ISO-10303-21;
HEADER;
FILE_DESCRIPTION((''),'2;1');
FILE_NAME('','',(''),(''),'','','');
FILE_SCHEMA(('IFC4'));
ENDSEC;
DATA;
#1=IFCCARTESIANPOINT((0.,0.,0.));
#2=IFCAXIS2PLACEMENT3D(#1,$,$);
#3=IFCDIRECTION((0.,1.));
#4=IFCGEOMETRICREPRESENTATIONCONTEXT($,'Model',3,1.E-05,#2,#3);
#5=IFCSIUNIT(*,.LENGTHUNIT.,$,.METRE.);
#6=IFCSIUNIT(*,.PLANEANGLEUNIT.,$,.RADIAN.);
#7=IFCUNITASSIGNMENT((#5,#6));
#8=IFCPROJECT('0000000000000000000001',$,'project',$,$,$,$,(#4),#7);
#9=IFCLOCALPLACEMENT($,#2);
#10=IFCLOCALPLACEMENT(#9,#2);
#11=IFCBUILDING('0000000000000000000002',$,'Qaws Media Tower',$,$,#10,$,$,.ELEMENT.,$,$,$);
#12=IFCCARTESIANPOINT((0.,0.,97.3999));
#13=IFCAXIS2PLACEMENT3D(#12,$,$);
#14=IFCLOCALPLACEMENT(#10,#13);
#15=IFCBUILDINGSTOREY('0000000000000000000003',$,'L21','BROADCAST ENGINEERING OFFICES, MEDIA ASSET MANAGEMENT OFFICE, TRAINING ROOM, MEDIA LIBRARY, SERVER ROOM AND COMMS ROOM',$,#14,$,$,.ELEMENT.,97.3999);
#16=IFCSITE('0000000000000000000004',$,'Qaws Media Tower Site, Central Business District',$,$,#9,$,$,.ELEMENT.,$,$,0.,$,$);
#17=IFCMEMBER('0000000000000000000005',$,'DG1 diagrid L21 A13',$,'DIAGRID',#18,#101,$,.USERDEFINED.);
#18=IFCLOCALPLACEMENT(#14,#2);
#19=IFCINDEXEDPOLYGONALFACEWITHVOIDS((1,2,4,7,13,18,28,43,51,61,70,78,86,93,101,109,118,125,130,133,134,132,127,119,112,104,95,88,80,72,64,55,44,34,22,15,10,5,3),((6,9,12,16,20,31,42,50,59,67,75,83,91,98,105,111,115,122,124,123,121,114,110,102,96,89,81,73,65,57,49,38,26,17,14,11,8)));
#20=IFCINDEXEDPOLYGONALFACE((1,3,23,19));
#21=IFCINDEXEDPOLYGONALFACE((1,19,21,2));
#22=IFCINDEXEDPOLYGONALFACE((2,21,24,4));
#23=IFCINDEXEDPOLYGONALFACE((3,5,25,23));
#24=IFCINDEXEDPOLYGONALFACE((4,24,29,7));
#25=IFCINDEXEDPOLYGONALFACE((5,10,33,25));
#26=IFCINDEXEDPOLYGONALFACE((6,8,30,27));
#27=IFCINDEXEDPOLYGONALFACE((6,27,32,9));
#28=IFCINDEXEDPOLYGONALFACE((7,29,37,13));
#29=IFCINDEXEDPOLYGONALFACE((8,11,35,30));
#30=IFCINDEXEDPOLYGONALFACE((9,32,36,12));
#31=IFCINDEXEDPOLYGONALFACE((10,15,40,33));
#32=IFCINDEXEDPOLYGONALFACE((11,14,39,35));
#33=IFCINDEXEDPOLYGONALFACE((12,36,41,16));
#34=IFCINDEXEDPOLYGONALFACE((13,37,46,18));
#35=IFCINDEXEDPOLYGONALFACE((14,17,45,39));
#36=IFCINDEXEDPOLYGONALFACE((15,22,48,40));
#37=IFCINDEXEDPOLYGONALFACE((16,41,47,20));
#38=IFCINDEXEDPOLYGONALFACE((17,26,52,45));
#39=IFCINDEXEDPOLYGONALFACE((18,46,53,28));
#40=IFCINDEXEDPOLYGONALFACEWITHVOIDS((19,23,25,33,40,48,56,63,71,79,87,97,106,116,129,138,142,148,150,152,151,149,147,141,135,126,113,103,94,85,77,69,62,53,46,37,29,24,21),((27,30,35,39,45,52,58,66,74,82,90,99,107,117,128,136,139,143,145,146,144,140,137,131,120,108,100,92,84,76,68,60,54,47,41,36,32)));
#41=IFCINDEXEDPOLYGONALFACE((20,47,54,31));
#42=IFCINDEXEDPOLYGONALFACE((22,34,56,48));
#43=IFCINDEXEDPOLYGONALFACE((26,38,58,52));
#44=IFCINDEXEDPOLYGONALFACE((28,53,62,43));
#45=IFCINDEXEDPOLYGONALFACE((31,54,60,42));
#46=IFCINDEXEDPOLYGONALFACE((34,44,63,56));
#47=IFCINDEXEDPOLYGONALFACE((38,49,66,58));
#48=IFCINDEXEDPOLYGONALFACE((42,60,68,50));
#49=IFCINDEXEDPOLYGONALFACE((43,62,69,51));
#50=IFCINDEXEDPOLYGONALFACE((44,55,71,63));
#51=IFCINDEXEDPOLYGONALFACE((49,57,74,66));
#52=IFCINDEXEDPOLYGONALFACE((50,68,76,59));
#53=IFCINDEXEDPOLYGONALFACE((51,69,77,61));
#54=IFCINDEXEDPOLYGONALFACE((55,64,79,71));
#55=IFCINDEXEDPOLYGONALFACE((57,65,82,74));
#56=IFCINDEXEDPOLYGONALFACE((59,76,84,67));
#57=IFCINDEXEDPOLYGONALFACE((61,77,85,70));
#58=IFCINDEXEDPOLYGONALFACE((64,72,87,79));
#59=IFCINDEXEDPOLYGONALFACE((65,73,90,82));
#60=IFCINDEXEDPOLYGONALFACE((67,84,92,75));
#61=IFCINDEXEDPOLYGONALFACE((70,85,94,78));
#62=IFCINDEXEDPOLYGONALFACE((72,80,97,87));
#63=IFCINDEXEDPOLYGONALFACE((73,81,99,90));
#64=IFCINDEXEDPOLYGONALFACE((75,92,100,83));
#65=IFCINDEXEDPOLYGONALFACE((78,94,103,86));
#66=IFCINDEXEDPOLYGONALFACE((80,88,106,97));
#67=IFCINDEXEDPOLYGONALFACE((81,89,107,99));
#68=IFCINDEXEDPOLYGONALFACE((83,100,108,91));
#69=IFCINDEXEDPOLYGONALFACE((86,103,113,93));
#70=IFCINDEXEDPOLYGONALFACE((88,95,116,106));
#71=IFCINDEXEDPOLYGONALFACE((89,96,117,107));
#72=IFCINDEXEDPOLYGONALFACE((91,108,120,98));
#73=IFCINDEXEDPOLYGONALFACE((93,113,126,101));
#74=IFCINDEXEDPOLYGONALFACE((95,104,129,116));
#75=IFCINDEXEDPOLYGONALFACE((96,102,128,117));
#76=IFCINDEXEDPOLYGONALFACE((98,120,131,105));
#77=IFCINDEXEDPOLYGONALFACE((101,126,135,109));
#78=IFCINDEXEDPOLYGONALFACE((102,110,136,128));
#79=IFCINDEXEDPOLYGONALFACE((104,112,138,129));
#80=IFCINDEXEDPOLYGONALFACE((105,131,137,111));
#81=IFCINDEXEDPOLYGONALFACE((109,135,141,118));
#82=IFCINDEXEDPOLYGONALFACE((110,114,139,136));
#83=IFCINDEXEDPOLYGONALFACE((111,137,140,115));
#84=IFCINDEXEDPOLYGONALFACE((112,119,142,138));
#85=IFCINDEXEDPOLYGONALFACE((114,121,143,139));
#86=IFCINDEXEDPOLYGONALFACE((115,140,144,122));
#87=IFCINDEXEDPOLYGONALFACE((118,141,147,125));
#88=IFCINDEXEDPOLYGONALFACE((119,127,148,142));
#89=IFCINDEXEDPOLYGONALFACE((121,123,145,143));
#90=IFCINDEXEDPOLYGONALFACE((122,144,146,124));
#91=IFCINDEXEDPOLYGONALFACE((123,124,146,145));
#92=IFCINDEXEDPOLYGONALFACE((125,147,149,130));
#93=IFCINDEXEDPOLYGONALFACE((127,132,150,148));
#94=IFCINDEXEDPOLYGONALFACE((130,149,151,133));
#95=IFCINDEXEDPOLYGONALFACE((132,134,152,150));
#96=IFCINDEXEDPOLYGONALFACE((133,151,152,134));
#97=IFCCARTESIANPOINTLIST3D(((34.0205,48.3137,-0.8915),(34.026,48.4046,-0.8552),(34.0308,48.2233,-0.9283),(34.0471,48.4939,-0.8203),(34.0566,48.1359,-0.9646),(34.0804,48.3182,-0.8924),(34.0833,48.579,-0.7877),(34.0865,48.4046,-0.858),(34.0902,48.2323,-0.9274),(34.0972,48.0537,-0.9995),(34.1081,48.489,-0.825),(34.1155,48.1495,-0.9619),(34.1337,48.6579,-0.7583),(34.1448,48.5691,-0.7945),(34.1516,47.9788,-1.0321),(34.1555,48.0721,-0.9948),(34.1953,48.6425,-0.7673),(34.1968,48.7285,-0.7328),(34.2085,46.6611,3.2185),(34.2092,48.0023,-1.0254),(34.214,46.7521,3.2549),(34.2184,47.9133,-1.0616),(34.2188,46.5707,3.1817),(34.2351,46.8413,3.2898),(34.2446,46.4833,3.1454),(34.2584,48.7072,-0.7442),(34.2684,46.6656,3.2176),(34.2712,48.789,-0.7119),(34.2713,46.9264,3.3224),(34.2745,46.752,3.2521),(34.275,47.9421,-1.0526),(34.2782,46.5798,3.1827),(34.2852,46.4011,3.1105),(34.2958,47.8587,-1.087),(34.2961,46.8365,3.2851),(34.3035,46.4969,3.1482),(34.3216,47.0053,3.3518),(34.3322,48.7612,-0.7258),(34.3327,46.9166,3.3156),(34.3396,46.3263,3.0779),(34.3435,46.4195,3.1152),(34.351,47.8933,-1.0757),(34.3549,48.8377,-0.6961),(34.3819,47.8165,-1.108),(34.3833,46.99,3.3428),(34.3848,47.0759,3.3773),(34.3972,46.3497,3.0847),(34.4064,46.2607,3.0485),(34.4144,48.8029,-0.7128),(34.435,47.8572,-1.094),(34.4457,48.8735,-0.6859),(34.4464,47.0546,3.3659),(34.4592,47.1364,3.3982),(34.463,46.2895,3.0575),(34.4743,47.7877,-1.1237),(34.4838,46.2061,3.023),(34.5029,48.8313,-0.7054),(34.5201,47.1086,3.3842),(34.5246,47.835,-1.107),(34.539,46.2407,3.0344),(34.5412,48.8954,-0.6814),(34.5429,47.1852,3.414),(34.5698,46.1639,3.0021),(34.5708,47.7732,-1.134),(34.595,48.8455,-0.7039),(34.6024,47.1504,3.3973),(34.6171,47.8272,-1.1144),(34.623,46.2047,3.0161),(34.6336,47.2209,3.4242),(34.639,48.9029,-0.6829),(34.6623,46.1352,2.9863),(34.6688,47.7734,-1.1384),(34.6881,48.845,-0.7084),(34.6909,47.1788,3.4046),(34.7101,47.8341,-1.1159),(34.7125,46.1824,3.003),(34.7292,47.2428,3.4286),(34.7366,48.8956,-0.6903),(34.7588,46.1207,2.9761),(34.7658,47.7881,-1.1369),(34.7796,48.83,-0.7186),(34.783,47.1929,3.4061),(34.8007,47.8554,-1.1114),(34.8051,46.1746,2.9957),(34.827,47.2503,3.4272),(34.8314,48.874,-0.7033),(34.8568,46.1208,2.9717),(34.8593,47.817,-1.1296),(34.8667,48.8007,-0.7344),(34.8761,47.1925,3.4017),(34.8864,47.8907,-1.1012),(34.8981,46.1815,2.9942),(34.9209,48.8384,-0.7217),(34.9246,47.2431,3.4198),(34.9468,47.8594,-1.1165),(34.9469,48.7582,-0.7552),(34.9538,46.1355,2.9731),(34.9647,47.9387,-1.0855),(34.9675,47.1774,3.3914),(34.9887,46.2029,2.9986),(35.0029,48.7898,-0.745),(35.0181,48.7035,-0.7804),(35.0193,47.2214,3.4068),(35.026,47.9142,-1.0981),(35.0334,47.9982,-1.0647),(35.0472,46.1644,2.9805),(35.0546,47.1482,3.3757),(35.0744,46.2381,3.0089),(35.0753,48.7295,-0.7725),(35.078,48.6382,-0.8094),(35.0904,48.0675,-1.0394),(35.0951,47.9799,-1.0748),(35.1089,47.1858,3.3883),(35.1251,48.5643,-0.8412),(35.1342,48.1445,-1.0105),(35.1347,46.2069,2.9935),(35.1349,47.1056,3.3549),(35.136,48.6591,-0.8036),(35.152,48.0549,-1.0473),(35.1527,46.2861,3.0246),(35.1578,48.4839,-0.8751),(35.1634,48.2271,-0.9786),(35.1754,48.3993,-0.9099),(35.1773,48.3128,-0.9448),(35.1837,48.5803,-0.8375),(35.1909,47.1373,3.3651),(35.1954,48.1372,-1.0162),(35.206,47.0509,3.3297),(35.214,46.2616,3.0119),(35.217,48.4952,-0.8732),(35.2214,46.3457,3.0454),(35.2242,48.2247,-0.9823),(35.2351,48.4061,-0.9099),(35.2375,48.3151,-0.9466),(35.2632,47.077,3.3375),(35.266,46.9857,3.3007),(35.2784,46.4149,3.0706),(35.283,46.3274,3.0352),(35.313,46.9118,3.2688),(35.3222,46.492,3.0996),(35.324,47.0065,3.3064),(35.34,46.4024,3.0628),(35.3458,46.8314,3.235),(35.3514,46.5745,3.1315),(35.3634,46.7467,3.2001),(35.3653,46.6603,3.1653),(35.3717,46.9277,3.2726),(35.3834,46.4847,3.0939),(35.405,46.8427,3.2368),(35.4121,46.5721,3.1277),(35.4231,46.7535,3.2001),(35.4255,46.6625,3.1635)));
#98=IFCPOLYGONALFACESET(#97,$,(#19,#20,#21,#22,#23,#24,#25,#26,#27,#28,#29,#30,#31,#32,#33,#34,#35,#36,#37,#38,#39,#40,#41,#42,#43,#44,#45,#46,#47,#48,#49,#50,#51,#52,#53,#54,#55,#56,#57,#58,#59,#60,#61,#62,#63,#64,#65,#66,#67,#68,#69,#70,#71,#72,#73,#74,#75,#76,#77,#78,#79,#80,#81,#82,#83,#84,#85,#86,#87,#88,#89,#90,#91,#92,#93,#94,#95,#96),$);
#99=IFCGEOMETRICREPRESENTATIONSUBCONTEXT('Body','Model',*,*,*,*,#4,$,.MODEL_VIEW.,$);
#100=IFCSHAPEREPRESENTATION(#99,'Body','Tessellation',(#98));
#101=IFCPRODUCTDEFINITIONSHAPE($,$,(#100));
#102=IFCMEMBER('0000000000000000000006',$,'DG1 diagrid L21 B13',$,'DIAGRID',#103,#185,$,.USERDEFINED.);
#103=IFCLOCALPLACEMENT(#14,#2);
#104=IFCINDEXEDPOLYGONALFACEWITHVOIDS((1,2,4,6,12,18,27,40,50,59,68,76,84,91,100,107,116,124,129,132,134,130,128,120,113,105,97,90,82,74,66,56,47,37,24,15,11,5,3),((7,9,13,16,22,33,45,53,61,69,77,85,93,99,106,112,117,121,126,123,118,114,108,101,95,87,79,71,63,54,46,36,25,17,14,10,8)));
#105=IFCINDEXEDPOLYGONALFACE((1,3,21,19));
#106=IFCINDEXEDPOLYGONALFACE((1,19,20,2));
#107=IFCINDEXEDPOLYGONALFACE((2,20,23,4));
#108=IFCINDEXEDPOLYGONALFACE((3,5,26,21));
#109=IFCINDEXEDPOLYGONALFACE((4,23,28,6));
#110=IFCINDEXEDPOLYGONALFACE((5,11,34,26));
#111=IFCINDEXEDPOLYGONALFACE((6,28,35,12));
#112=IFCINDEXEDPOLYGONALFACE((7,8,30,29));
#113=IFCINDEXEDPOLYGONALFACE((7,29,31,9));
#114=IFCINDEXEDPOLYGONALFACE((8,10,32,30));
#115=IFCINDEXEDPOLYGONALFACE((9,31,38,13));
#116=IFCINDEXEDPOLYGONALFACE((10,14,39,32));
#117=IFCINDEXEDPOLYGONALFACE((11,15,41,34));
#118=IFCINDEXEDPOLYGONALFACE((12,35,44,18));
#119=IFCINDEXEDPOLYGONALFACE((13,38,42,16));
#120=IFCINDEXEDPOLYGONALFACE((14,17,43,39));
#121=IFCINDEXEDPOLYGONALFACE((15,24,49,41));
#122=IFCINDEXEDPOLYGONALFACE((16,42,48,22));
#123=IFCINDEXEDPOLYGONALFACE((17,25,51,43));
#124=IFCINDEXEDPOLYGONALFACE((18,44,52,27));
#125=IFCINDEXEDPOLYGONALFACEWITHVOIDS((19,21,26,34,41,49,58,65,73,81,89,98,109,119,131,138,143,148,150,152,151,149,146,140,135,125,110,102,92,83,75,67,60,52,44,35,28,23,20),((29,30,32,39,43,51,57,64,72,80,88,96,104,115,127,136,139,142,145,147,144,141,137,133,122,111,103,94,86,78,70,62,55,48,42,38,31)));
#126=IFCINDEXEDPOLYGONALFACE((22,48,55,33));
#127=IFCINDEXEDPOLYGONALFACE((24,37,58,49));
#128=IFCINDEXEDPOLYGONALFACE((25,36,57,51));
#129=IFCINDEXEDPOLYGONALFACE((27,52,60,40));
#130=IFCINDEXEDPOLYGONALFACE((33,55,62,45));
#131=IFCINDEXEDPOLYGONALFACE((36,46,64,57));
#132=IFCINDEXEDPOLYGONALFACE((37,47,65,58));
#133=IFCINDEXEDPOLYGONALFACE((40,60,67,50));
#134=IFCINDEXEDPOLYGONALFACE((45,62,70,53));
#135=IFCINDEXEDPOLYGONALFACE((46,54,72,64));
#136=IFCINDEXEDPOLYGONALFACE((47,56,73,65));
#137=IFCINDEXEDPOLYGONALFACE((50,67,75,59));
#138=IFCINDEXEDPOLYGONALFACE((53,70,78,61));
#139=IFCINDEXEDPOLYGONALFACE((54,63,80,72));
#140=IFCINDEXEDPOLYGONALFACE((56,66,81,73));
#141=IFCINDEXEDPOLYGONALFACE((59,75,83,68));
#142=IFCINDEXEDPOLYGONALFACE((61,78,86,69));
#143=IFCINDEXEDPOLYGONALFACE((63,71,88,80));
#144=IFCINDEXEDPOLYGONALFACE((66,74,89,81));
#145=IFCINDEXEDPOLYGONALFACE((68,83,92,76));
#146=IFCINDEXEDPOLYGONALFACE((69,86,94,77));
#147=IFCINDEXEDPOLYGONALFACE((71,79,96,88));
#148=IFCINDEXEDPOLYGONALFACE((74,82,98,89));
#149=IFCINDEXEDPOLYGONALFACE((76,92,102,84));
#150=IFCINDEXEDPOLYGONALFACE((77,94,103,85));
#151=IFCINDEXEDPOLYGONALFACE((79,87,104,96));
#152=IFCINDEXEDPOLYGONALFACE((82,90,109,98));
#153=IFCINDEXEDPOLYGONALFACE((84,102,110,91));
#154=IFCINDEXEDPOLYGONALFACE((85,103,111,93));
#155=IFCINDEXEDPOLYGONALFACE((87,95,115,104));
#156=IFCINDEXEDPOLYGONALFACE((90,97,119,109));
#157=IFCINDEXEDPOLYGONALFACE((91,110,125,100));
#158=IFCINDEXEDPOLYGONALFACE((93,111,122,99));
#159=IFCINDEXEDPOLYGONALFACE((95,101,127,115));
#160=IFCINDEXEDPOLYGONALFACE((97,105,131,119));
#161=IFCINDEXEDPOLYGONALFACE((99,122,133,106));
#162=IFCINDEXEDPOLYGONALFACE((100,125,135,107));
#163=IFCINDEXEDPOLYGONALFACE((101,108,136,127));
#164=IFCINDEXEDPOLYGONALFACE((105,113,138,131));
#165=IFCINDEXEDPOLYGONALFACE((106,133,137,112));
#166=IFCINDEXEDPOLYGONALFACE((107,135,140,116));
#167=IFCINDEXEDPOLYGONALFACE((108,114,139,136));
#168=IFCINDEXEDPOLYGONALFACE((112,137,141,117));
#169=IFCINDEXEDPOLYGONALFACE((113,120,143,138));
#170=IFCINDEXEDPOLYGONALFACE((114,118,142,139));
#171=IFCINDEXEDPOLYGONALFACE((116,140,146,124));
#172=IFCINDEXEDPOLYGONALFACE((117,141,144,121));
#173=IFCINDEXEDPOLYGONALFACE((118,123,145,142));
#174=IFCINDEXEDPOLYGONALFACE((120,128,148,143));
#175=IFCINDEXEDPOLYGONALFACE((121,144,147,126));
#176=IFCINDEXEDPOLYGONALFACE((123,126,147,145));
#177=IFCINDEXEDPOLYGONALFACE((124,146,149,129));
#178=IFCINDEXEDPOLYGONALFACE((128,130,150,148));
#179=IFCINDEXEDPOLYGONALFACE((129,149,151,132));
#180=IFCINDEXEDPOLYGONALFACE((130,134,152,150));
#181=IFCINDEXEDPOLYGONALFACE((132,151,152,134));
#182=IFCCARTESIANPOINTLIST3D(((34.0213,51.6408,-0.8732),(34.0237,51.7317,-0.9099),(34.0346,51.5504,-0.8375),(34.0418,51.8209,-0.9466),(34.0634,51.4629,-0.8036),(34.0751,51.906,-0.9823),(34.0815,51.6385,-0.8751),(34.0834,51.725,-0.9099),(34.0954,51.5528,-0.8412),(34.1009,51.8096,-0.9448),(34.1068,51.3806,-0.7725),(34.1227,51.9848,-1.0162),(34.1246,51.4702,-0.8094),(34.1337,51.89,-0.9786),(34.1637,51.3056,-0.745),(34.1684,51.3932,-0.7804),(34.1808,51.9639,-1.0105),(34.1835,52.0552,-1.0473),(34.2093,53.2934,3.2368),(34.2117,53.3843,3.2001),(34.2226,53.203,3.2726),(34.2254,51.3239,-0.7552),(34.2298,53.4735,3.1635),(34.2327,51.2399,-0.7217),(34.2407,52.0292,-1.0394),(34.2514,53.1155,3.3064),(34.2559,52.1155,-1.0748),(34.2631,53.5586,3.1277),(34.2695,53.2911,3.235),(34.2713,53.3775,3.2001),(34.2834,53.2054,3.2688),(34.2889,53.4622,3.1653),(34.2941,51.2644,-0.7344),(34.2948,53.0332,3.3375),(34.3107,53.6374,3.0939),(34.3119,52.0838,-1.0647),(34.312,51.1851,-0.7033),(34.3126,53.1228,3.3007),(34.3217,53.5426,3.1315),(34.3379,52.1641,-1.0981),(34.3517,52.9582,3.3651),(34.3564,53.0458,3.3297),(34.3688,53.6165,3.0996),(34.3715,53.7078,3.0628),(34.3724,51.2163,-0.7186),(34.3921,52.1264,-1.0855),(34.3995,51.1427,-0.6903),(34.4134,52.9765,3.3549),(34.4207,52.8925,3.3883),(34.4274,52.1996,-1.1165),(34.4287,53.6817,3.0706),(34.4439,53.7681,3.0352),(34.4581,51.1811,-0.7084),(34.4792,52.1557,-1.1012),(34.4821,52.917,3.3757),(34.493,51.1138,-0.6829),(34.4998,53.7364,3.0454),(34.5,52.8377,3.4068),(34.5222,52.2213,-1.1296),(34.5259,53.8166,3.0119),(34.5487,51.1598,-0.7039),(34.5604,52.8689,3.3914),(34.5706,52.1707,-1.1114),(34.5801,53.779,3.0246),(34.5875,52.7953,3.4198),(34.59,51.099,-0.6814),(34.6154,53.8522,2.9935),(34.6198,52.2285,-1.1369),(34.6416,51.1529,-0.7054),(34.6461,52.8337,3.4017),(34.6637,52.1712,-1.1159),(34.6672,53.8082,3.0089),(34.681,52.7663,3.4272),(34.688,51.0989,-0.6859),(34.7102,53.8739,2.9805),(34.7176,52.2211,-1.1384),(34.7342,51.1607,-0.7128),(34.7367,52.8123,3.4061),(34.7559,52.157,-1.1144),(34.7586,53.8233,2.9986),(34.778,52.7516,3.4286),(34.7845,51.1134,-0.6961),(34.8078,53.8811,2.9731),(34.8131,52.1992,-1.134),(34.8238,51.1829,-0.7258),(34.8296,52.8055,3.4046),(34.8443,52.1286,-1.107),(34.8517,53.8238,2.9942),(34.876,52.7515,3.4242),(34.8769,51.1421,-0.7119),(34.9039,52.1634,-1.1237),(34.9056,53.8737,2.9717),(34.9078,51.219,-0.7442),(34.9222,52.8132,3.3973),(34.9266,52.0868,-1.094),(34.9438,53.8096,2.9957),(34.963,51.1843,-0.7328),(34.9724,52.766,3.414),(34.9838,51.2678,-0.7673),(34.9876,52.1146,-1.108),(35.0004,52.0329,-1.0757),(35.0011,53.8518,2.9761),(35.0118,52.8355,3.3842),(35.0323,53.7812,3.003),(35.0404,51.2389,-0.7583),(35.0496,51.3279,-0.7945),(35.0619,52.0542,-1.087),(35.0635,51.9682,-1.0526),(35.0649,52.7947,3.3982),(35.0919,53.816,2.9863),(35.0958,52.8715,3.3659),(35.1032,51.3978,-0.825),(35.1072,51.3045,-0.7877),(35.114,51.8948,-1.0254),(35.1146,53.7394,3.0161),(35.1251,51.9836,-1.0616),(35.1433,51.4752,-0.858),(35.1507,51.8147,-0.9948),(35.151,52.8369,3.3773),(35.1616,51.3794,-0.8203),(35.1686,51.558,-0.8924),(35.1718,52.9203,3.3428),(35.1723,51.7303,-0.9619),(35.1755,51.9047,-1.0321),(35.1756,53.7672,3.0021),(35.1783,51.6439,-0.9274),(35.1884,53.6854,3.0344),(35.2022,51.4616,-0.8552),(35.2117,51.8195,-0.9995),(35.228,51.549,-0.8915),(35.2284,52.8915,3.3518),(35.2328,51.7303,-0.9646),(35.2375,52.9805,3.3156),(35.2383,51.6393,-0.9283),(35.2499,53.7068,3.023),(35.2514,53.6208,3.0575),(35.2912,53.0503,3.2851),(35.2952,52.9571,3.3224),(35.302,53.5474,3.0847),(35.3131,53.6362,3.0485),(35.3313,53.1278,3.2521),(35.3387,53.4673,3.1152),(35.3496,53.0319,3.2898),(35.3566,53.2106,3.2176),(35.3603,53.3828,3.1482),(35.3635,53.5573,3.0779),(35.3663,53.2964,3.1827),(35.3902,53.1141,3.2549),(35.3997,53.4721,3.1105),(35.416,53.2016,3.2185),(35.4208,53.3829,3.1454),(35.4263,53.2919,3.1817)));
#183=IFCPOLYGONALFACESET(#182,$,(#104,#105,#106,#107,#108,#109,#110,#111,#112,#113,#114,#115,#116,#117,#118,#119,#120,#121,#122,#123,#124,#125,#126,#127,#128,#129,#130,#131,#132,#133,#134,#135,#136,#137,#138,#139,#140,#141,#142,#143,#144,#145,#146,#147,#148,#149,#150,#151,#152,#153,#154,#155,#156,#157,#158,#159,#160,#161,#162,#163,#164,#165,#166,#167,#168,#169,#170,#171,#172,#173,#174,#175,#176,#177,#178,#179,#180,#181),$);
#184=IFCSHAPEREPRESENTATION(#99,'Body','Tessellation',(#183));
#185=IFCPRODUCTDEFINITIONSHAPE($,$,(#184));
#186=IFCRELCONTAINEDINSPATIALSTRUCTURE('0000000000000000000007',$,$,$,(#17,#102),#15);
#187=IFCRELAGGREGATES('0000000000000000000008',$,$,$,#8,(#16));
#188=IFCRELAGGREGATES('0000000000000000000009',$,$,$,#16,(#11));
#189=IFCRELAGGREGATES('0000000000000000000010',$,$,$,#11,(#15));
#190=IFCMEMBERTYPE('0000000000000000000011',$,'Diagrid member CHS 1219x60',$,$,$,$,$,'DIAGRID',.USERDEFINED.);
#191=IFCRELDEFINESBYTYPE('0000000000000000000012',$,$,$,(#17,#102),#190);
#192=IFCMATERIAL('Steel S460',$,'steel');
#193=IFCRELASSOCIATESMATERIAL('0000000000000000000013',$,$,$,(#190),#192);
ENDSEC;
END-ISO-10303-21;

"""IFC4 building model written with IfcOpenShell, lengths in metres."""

from ifc_helpers import new_model, si_unit, direction, frame, origin, origin_2d, place, context, subcontext, project, spatial, hollow_circle, extrude, material, material_profile, profile_set, type_object, element, save


model = new_model("IFC4")

# Units and contexts
model_context = context("Model", 3, precision=1e-05, world=origin(), true_north=direction((0.0, 1.0)))
body_context = subcontext(model_context, "Body", "Model", "MODEL_VIEW")
ifc_project = project(units=[si_unit("LENGTHUNIT", "METRE"), si_unit("PLANEANGLEUNIT", "RADIAN")], contexts=[model_context])

# Site, building, storey
site_placement = place(None, origin())
site = spatial("IfcSite", under=ifc_project, at=site_placement, Name="Qaws Media Tower Site, Central Business District", CompositionType="ELEMENT", RefElevation=0.0)
building_placement = place(site_placement, origin())
building = spatial("IfcBuilding", under=site, at=building_placement, Name="Qaws Media Tower", CompositionType="ELEMENT")
storey_placement = place(building_placement, frame((0.0, 0.0, 97.3999)))
storey = spatial("IfcBuildingStorey", under=building, at=storey_placement, Name="L21", Description="BROADCAST ENGINEERING OFFICES, MEDIA ASSET MANAGEMENT OFFICE, TRAINING ROOM, MEDIA LIBRARY, SERVER ROOM AND COMMS ROOM", CompositionType="ELEMENT", Elevation=97.3999)

# Members
ifc_material_1 = material(Name="Steel S460", Category="steel")
ifc_material_profile_1 = material_profile(ifc_material_1, hollow_circle(Radius=0.6096, WallThickness=0.0601, at=origin_2d()), Name="CHS 1219x60")
ifc_profile_set_1 = profile_set([ifc_material_profile_1], Name="Steel S460")
member_type_1 = type_object("IfcMemberType", Name="Diagrid member CHS 1219x60", ElementType="DIAGRID", PredefinedType="USERDEFINED", material=ifc_profile_set_1)
for number, where, z_axis, x_axis, name in (
    (1, (34.6294, 48.3372, -0.9099), (0.042398, -0.372717, 0.926976), (0.993592, 0.113025, 0.0), "DG1 diagrid L21 A13"),
    (2, (34.6294, 51.6628, -0.9099), (0.042398, 0.372717, 0.926976), (-0.993592, 0.113025, 0.0), "DG1 diagrid L21 B13"),
):
    element("IfcMember", number, at=place(storey_placement, frame(where, z_axis=z_axis, x_axis=x_axis)), inside=storey, type_object=member_type_1, Name=name, ObjectType="DIAGRID", PredefinedType="USERDEFINED", context=body_context, shape_type="SweptSolid", body=[
        extrude(hollow_circle(Radius=0.6096, WallThickness=0.0601, at=origin_2d()), origin(), (0.0, 0.0, 1.0), 4.4338),
    ])

save(model, "model.ifc")
